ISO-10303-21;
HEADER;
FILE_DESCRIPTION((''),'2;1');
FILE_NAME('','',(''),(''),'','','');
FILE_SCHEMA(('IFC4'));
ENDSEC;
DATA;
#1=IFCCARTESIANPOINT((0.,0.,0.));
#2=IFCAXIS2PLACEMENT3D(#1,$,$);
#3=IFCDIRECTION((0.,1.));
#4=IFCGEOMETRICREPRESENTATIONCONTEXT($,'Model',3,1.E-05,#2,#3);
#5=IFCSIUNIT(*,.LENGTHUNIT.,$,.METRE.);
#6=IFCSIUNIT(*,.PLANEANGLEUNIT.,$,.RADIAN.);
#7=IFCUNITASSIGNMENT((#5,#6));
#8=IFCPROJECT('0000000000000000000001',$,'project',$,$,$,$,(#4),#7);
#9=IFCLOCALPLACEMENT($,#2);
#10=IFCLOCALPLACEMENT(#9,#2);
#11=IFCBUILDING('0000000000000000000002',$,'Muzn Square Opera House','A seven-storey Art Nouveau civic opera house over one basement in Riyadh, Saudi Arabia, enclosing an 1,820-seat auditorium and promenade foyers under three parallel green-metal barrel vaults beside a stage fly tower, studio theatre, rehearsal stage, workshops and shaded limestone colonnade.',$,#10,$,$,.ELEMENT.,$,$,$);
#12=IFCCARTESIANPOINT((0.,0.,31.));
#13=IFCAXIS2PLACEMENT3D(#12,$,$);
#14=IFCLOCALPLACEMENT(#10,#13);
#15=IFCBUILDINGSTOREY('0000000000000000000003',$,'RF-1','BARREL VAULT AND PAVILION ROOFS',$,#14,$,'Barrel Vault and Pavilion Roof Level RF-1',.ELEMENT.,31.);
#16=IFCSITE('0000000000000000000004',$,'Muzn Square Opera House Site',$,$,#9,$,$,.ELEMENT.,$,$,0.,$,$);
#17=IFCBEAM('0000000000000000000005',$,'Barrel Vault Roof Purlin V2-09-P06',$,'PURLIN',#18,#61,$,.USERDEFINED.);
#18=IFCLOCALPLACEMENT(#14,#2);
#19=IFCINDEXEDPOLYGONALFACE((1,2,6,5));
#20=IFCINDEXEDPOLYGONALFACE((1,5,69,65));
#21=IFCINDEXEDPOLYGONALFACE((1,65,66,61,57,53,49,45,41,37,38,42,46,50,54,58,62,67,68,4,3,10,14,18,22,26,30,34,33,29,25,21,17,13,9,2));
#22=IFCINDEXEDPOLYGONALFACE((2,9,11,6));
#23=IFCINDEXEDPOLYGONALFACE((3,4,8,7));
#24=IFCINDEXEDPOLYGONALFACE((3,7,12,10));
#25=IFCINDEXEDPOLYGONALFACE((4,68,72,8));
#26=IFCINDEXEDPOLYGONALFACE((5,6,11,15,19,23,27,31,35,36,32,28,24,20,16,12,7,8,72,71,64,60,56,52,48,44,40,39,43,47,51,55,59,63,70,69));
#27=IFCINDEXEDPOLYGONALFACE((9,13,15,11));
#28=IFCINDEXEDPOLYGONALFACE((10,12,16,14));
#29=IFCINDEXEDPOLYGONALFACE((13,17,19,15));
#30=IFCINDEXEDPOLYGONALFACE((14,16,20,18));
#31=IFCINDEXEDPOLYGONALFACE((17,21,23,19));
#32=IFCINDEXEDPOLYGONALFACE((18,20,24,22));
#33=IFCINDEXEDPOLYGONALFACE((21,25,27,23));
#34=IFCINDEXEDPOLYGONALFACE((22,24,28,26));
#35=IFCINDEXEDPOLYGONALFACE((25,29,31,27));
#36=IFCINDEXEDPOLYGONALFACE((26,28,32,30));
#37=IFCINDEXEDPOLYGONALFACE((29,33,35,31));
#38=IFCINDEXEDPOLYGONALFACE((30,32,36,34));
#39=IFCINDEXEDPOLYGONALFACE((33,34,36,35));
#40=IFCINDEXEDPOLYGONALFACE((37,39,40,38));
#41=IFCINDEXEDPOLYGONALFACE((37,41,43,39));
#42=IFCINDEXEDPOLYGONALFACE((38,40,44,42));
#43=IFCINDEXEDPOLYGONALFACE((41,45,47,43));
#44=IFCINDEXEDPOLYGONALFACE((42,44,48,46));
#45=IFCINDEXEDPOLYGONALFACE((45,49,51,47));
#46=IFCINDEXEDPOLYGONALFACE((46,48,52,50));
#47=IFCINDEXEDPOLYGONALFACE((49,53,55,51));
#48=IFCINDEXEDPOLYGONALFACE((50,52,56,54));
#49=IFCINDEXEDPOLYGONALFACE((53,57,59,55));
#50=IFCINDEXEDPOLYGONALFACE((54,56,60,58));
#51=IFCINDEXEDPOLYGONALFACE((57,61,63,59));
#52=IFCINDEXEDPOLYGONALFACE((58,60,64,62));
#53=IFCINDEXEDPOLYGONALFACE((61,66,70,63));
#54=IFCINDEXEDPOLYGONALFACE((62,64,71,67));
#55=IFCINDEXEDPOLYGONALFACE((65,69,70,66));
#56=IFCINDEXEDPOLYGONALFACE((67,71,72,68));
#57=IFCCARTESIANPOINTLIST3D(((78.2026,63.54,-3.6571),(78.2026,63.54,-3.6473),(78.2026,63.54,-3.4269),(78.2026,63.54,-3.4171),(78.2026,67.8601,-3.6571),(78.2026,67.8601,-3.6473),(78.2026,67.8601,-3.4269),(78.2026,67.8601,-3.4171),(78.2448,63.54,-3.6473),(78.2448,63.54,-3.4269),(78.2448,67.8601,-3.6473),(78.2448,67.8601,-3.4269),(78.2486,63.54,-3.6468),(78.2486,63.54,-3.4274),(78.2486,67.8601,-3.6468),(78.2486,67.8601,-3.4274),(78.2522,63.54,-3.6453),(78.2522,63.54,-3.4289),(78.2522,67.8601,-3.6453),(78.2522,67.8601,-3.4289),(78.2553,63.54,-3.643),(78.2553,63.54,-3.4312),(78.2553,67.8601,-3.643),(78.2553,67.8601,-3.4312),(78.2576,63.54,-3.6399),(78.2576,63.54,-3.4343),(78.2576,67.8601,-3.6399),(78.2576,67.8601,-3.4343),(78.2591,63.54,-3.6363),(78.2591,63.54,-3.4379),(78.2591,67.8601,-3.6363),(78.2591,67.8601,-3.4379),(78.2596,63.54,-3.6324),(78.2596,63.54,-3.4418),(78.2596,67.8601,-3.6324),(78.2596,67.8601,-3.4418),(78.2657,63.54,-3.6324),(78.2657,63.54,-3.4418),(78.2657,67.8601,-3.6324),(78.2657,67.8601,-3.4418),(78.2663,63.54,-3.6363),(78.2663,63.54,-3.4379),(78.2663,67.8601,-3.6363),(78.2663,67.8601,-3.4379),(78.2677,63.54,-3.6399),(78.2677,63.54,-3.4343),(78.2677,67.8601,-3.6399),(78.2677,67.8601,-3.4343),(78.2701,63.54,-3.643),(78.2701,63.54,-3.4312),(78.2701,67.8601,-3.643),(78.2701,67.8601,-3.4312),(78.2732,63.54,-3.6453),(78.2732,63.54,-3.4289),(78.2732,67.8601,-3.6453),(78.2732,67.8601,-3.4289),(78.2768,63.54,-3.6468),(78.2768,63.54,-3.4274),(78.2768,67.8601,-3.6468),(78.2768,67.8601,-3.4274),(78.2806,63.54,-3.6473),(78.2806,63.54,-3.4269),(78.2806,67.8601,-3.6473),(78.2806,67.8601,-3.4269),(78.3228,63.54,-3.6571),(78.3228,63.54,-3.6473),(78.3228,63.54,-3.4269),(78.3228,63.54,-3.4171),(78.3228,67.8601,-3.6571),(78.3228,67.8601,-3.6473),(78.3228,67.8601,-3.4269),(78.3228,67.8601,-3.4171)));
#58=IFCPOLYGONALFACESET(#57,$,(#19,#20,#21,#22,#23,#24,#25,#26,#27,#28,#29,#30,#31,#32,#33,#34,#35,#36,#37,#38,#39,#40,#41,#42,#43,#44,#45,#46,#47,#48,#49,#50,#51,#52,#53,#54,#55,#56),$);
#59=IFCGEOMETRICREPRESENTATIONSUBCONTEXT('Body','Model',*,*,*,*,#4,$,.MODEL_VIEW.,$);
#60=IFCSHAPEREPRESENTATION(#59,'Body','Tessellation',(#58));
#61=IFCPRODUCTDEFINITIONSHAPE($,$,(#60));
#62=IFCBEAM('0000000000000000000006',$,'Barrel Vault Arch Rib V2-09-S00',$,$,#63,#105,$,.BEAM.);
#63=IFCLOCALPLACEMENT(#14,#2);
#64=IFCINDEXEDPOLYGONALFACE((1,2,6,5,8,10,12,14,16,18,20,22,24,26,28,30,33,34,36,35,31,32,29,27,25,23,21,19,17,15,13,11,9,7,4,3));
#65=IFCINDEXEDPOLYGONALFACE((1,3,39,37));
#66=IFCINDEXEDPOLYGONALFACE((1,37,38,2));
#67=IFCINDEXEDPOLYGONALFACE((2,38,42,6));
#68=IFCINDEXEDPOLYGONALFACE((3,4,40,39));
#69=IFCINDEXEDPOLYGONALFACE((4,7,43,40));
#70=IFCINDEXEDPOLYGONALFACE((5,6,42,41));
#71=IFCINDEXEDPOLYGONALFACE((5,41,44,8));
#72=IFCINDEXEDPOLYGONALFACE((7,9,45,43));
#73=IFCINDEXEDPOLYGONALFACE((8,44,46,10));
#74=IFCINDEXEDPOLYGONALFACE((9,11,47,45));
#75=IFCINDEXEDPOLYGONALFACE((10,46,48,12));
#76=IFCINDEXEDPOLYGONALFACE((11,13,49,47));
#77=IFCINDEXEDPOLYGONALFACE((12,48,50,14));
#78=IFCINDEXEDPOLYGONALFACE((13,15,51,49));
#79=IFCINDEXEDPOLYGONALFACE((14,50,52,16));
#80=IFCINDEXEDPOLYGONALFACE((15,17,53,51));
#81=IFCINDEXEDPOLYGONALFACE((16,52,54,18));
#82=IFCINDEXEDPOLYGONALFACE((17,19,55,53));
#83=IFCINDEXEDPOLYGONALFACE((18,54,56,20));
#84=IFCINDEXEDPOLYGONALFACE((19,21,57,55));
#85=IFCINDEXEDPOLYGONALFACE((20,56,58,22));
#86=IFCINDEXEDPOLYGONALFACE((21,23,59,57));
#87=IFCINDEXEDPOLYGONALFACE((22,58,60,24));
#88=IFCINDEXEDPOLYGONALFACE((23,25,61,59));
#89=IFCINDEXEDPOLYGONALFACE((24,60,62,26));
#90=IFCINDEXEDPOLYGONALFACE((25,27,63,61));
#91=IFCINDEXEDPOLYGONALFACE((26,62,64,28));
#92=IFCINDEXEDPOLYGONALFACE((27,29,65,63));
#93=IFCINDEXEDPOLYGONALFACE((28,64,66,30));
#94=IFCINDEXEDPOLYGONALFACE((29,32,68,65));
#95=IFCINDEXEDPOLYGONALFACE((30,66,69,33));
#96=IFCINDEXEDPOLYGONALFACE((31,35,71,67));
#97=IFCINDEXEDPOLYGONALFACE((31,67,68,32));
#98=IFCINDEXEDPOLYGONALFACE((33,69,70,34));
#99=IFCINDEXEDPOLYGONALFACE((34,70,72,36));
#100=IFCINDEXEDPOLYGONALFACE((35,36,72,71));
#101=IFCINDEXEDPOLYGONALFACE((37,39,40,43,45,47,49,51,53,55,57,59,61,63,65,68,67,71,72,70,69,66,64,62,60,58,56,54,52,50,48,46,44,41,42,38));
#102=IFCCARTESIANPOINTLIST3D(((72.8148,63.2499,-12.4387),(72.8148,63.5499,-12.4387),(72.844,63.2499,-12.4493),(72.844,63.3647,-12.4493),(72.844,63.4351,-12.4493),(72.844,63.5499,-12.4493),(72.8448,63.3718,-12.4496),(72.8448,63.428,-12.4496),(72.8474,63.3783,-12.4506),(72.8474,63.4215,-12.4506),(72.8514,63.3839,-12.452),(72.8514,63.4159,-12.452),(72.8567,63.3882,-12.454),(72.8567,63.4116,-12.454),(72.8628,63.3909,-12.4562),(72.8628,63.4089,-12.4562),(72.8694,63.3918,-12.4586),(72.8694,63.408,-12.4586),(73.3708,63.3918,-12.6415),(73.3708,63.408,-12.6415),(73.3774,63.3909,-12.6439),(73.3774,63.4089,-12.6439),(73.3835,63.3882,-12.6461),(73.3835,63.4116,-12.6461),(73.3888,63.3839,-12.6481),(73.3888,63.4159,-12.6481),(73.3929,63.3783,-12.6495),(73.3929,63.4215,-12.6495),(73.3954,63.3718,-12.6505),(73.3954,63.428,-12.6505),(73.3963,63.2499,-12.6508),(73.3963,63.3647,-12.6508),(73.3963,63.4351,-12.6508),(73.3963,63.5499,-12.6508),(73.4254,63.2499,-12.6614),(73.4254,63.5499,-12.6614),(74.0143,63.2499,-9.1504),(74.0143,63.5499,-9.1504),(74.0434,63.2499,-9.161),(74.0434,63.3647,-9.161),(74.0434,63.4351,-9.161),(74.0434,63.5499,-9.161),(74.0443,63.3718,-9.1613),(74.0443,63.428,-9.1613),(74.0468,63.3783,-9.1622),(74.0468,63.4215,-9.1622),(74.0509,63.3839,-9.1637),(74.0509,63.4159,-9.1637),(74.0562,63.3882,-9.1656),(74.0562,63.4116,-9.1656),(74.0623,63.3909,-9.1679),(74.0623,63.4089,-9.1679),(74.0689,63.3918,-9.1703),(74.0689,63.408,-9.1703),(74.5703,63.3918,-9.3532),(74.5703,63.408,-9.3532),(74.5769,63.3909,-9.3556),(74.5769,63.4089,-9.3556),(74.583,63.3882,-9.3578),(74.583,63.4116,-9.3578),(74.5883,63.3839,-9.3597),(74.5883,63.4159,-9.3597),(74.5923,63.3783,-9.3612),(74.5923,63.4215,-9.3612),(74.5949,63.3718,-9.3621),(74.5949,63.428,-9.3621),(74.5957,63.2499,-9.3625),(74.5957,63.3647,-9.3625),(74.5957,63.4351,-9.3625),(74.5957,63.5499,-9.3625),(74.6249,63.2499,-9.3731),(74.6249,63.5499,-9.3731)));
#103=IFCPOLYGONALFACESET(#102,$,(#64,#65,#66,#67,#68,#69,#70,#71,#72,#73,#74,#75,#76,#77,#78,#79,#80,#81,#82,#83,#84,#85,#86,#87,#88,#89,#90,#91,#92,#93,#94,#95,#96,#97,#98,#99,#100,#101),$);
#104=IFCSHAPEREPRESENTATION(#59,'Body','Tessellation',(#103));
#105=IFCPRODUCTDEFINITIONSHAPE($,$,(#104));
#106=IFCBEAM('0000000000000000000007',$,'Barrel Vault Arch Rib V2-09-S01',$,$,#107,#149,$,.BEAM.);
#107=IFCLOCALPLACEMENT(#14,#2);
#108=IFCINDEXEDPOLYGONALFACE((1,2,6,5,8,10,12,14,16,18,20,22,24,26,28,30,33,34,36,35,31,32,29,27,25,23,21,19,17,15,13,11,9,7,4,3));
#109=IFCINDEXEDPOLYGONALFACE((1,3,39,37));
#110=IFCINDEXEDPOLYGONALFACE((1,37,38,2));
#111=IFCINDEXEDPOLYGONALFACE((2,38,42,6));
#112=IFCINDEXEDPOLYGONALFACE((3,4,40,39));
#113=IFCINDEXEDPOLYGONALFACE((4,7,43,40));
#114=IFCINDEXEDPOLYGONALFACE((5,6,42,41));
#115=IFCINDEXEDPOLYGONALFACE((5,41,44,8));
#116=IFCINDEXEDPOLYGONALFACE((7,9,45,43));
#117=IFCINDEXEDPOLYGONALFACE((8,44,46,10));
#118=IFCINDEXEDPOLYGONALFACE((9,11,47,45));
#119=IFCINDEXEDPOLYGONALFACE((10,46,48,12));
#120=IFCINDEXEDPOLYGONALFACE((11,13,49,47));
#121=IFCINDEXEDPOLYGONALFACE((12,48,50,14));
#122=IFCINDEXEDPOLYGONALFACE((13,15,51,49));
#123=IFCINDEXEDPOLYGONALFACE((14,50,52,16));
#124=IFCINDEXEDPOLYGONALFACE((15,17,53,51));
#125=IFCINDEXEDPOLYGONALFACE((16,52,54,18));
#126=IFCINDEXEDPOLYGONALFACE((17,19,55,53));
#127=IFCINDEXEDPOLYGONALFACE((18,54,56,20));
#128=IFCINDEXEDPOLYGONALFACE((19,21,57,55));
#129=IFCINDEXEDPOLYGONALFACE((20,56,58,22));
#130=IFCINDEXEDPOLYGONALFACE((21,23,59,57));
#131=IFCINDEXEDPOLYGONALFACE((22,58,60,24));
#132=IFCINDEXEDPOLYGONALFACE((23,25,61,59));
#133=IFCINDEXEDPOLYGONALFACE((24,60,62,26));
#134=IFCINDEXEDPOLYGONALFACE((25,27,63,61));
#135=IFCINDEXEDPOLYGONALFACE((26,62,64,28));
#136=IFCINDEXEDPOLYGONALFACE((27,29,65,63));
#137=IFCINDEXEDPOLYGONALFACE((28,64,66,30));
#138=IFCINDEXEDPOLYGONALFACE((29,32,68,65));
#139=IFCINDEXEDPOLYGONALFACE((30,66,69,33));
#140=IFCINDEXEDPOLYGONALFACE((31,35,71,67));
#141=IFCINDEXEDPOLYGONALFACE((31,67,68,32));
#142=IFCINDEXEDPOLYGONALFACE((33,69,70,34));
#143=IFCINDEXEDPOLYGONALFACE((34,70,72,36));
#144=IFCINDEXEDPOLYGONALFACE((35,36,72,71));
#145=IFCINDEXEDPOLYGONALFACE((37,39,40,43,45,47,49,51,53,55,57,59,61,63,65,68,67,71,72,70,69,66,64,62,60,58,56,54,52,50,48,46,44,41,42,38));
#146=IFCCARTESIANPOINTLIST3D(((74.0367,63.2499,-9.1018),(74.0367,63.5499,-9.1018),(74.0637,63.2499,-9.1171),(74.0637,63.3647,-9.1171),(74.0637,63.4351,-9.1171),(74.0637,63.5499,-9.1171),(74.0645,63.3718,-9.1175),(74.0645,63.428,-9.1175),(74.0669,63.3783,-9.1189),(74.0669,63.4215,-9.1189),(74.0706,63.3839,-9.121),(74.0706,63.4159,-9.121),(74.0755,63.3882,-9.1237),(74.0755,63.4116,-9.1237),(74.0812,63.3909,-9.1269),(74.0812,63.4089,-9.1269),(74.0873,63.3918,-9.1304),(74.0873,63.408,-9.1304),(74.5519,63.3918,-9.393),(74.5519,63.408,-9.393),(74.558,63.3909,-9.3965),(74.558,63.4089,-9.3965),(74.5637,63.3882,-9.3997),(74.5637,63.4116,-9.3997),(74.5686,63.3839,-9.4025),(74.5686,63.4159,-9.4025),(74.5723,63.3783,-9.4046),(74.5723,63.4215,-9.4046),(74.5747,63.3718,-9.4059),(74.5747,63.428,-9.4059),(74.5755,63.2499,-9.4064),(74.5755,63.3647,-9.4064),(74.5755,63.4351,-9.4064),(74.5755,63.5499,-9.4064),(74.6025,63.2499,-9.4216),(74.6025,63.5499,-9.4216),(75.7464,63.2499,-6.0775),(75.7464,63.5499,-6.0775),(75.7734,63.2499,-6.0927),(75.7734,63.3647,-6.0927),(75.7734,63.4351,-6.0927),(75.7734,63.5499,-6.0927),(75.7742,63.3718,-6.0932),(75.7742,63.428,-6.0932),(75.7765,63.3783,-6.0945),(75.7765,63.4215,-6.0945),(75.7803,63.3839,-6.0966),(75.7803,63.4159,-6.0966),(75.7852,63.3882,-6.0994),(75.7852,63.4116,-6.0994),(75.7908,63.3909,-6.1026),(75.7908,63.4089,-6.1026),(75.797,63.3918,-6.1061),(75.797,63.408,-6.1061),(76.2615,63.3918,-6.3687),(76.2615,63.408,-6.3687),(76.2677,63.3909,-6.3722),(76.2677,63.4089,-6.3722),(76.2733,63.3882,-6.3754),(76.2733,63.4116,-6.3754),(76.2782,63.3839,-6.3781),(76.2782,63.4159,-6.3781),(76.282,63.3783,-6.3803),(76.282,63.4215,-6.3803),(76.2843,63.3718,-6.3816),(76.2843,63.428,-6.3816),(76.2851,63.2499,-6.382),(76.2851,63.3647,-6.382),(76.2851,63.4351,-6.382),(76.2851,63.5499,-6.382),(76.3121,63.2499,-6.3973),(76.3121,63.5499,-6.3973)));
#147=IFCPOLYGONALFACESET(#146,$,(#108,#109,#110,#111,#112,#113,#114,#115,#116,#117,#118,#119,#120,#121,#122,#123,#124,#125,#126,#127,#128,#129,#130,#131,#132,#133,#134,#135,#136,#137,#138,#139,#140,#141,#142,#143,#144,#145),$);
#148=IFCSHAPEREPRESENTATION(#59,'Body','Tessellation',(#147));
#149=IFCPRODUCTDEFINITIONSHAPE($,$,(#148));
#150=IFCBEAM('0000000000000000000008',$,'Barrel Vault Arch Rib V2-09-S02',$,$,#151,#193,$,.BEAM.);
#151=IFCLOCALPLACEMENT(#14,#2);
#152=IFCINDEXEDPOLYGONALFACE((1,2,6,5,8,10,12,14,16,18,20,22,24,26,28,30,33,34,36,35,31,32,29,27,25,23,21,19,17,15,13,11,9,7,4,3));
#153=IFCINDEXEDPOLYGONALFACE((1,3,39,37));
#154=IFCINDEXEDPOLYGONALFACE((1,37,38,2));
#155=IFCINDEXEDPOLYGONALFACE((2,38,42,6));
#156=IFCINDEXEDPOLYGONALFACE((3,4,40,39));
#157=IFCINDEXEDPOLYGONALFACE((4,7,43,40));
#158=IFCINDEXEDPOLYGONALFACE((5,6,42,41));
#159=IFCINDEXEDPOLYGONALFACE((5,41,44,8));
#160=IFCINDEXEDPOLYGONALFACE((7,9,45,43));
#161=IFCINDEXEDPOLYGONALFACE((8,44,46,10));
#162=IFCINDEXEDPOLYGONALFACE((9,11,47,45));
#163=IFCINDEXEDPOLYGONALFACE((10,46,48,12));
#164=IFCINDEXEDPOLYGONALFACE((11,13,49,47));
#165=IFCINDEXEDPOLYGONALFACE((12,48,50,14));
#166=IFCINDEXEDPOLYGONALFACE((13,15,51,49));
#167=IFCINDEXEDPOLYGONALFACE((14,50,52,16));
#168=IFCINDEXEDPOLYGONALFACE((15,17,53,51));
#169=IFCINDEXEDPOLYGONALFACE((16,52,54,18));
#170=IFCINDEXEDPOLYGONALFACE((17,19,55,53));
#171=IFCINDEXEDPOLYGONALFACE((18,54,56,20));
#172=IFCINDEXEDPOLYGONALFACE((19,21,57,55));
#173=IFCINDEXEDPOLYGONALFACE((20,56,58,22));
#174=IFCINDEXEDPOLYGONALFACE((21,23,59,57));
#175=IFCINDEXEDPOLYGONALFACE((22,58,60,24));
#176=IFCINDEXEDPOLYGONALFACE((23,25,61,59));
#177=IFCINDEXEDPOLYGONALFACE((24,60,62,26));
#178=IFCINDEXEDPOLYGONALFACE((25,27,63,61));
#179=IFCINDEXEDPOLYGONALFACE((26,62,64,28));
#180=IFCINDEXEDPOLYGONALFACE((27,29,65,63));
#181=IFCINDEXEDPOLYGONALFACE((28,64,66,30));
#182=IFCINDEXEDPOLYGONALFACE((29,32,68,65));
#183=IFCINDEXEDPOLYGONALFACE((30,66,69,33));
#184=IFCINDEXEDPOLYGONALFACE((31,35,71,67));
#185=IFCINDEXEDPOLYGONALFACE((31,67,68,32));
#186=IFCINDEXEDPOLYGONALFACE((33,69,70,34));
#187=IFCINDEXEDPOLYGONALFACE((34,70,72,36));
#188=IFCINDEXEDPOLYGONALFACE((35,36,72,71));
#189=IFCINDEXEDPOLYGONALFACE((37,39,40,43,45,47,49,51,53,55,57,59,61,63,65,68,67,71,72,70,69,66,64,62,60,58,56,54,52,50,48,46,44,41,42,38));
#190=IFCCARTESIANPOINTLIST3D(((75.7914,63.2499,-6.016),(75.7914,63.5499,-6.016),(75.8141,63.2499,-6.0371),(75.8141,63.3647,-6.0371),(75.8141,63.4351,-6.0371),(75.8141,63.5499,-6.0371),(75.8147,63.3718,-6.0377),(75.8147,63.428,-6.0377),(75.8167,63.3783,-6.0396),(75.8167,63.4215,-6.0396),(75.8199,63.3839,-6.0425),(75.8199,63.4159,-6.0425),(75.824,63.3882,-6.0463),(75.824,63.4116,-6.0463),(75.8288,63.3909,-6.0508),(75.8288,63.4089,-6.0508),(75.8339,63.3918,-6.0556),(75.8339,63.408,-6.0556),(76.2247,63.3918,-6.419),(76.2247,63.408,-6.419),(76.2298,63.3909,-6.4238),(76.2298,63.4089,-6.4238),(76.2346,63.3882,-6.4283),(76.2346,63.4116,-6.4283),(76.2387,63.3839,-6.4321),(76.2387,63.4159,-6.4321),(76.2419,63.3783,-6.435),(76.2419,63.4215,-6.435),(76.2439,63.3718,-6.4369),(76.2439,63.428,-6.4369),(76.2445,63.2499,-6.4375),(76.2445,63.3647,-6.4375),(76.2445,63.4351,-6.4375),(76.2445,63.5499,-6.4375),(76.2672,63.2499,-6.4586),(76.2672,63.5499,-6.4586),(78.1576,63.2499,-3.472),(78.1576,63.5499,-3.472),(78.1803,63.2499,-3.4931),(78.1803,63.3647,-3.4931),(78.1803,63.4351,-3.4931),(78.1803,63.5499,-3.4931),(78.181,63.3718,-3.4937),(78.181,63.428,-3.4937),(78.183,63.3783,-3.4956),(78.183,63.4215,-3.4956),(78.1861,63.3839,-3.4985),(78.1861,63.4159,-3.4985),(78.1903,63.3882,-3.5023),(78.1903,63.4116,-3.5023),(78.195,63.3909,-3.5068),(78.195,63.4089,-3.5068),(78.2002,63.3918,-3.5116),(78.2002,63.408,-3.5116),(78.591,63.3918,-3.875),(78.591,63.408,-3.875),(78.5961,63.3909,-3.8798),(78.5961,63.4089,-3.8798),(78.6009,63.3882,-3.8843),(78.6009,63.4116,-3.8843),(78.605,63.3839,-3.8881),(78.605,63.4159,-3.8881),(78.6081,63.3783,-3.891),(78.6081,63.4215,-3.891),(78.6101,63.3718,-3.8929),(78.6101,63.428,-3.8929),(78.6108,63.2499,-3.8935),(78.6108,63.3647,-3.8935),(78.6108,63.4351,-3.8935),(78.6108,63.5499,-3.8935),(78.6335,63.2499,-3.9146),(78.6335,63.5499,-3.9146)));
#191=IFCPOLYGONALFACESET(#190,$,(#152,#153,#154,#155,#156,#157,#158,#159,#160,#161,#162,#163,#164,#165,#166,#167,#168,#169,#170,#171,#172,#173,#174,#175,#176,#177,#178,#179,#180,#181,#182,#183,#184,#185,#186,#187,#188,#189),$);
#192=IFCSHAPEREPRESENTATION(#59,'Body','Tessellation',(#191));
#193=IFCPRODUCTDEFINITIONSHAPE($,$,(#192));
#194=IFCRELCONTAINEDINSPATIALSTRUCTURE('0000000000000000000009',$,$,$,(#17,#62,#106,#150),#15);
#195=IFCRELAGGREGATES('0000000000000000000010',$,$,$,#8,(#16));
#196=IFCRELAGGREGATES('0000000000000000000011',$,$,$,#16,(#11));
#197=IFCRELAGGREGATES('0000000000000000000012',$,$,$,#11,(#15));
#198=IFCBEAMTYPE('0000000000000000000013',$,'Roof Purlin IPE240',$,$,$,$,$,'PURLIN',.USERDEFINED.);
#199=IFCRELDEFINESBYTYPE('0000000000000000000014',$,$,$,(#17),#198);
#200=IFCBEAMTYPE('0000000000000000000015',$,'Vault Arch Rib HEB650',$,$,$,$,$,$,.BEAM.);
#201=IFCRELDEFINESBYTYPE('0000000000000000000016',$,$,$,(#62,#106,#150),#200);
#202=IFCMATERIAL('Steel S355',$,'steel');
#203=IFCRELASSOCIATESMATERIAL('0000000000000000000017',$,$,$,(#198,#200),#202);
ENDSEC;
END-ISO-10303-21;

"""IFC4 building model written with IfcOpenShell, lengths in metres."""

from ifc_helpers import new_model, si_unit, direction, frame, origin, origin_2d, place, context, subcontext, project, spatial, i_section, extrude, material, material_profile, profile_set, type_object, element, save


model = new_model("IFC4")

# Units and contexts
model_context = context("Model", 3, precision=1e-05, world=origin(), true_north=direction((0.0, 1.0)))
body_context = subcontext(model_context, "Body", "Model", "MODEL_VIEW")
ifc_project = project(units=[si_unit("LENGTHUNIT", "METRE"), si_unit("PLANEANGLEUNIT", "RADIAN")], contexts=[model_context])

# Site, building, storey
site_placement = place(None, origin())
site = spatial("IfcSite", under=ifc_project, at=site_placement, Name="Muzn Square Opera House Site", CompositionType="ELEMENT", RefElevation=0.0)
building_placement = place(site_placement, origin())
building = spatial("IfcBuilding", under=site, at=building_placement, Name="Muzn Square Opera House", Description="A seven-storey Art Nouveau civic opera house over one basement in Riyadh, Saudi Arabia, enclosing an 1,820-seat auditorium and promenade foyers under three parallel green-metal barrel vaults beside a stage fly tower, studio theatre, rehearsal stage, workshops and shaded limestone colonnade.", CompositionType="ELEMENT")
storey_placement = place(building_placement, frame((0.0, 0.0, 31.0)))
storey = spatial("IfcBuildingStorey", under=building, at=storey_placement, Name="RF-1", Description="BARREL VAULT AND PAVILION ROOFS", LongName="Barrel Vault and Pavilion Roof Level RF-1", CompositionType="ELEMENT", Elevation=31.0)

# Beams
ifc_material_1 = material(Name="Steel S355", Category="steel")
ifc_material_profile_1 = material_profile(ifc_material_1, i_section(OverallWidth=0.1201, OverallDepth=0.24, WebThickness=0.0061, FlangeThickness=0.0098, FilletRadius=0.0149, at=origin_2d()), Name="IPE 240", Category="steel")
ifc_profile_set_1 = profile_set([ifc_material_profile_1], Name="Steel S355")
beam_type_1 = type_object("IfcBeamType", Name="Roof Purlin IPE240", ElementType="PURLIN", PredefinedType="USERDEFINED", material=ifc_profile_set_1)
for number, where, z_axis, x_axis, name in (
    (1, (78.2627, 63.54, -3.5371), (0.0, 1.0, 0.0), (-1.0, 0.0, 0.0), "Barrel Vault Roof Purlin V2-09-P06"),
):
    element("IfcBeam", number, at=place(storey_placement, frame(where, z_axis=z_axis, x_axis=x_axis)), inside=storey, type_object=beam_type_1, Name=name, ObjectType="PURLIN", PredefinedType="USERDEFINED", context=body_context, shape_type="SweptSolid", body=[
        extrude(i_section(OverallWidth=0.1201, OverallDepth=0.24, WebThickness=0.0061, FlangeThickness=0.0098, FilletRadius=0.0149, at=origin_2d()), origin(), (0.0, 0.0, 1.0), 4.3201),
    ])
ifc_material_profile_2 = material_profile(ifc_material_1, i_section(OverallWidth=0.3, OverallDepth=0.6499, WebThickness=0.0161, FlangeThickness=0.031, FilletRadius=0.0271, at=origin_2d()), Name="HEB 650", Category="steel")
ifc_profile_set_2 = profile_set([ifc_material_profile_2], Name="Steel S355")
beam_type_2 = type_object("IfcBeamType", Name="Vault Arch Rib HEB650", PredefinedType="BEAM", material=ifc_profile_set_2)
beam_1_placement = place(storey_placement, frame((73.1201, 63.3999, -12.55), z_axis=(0.342678, 0.0, 0.939453), x_axis=(0.0, 1.0, 0.0)))
element("IfcBeam", 2, at=beam_1_placement, inside=storey, type_object=beam_type_2, Name="Barrel Vault Arch Rib V2-09-S00", PredefinedType="BEAM", context=body_context, shape_type="SweptSolid", body=[
    extrude(i_section(OverallWidth=0.3, OverallDepth=0.6499, WebThickness=0.0161, FlangeThickness=0.031, FilletRadius=0.0271, at=origin_2d()), origin(), (0.0, 0.0, 1.0), 3.5002),
])
beam_2_placement = place(storey_placement, frame((74.3196, 63.3999, -9.2617), z_axis=(0.492115, 0.0, 0.87053), x_axis=(0.0, 1.0, 0.0)))
element("IfcBeam", 3, at=beam_2_placement, inside=storey, type_object=beam_type_2, Name="Barrel Vault Arch Rib V2-09-S01", PredefinedType="BEAM", context=body_context, shape_type="SweptSolid", body=[
    extrude(i_section(OverallWidth=0.3, OverallDepth=0.6499, WebThickness=0.0161, FlangeThickness=0.031, FilletRadius=0.0271, at=origin_2d()), origin(), (0.0, 0.0, 1.0), 3.4741),
])
for number, where, z_axis, x_axis, name in (
    (4, (76.0293, 63.3999, -6.2373), (0.681065, 0.0, 0.732223), (0.0, 1.0, 0.0), "Barrel Vault Arch Rib V2-09-S02"),
):
    element("IfcBeam", number, at=place(storey_placement, frame(where, z_axis=z_axis, x_axis=x_axis)), inside=storey, type_object=beam_type_2, Name=name, PredefinedType="BEAM", context=body_context, shape_type="SweptSolid", body=[
        extrude(i_section(OverallWidth=0.3, OverallDepth=0.6499, WebThickness=0.0161, FlangeThickness=0.031, FilletRadius=0.0271, at=origin_2d()), origin(), (0.0, 0.0, 1.0), 3.4744),
    ])

save(model, "model.ifc")
